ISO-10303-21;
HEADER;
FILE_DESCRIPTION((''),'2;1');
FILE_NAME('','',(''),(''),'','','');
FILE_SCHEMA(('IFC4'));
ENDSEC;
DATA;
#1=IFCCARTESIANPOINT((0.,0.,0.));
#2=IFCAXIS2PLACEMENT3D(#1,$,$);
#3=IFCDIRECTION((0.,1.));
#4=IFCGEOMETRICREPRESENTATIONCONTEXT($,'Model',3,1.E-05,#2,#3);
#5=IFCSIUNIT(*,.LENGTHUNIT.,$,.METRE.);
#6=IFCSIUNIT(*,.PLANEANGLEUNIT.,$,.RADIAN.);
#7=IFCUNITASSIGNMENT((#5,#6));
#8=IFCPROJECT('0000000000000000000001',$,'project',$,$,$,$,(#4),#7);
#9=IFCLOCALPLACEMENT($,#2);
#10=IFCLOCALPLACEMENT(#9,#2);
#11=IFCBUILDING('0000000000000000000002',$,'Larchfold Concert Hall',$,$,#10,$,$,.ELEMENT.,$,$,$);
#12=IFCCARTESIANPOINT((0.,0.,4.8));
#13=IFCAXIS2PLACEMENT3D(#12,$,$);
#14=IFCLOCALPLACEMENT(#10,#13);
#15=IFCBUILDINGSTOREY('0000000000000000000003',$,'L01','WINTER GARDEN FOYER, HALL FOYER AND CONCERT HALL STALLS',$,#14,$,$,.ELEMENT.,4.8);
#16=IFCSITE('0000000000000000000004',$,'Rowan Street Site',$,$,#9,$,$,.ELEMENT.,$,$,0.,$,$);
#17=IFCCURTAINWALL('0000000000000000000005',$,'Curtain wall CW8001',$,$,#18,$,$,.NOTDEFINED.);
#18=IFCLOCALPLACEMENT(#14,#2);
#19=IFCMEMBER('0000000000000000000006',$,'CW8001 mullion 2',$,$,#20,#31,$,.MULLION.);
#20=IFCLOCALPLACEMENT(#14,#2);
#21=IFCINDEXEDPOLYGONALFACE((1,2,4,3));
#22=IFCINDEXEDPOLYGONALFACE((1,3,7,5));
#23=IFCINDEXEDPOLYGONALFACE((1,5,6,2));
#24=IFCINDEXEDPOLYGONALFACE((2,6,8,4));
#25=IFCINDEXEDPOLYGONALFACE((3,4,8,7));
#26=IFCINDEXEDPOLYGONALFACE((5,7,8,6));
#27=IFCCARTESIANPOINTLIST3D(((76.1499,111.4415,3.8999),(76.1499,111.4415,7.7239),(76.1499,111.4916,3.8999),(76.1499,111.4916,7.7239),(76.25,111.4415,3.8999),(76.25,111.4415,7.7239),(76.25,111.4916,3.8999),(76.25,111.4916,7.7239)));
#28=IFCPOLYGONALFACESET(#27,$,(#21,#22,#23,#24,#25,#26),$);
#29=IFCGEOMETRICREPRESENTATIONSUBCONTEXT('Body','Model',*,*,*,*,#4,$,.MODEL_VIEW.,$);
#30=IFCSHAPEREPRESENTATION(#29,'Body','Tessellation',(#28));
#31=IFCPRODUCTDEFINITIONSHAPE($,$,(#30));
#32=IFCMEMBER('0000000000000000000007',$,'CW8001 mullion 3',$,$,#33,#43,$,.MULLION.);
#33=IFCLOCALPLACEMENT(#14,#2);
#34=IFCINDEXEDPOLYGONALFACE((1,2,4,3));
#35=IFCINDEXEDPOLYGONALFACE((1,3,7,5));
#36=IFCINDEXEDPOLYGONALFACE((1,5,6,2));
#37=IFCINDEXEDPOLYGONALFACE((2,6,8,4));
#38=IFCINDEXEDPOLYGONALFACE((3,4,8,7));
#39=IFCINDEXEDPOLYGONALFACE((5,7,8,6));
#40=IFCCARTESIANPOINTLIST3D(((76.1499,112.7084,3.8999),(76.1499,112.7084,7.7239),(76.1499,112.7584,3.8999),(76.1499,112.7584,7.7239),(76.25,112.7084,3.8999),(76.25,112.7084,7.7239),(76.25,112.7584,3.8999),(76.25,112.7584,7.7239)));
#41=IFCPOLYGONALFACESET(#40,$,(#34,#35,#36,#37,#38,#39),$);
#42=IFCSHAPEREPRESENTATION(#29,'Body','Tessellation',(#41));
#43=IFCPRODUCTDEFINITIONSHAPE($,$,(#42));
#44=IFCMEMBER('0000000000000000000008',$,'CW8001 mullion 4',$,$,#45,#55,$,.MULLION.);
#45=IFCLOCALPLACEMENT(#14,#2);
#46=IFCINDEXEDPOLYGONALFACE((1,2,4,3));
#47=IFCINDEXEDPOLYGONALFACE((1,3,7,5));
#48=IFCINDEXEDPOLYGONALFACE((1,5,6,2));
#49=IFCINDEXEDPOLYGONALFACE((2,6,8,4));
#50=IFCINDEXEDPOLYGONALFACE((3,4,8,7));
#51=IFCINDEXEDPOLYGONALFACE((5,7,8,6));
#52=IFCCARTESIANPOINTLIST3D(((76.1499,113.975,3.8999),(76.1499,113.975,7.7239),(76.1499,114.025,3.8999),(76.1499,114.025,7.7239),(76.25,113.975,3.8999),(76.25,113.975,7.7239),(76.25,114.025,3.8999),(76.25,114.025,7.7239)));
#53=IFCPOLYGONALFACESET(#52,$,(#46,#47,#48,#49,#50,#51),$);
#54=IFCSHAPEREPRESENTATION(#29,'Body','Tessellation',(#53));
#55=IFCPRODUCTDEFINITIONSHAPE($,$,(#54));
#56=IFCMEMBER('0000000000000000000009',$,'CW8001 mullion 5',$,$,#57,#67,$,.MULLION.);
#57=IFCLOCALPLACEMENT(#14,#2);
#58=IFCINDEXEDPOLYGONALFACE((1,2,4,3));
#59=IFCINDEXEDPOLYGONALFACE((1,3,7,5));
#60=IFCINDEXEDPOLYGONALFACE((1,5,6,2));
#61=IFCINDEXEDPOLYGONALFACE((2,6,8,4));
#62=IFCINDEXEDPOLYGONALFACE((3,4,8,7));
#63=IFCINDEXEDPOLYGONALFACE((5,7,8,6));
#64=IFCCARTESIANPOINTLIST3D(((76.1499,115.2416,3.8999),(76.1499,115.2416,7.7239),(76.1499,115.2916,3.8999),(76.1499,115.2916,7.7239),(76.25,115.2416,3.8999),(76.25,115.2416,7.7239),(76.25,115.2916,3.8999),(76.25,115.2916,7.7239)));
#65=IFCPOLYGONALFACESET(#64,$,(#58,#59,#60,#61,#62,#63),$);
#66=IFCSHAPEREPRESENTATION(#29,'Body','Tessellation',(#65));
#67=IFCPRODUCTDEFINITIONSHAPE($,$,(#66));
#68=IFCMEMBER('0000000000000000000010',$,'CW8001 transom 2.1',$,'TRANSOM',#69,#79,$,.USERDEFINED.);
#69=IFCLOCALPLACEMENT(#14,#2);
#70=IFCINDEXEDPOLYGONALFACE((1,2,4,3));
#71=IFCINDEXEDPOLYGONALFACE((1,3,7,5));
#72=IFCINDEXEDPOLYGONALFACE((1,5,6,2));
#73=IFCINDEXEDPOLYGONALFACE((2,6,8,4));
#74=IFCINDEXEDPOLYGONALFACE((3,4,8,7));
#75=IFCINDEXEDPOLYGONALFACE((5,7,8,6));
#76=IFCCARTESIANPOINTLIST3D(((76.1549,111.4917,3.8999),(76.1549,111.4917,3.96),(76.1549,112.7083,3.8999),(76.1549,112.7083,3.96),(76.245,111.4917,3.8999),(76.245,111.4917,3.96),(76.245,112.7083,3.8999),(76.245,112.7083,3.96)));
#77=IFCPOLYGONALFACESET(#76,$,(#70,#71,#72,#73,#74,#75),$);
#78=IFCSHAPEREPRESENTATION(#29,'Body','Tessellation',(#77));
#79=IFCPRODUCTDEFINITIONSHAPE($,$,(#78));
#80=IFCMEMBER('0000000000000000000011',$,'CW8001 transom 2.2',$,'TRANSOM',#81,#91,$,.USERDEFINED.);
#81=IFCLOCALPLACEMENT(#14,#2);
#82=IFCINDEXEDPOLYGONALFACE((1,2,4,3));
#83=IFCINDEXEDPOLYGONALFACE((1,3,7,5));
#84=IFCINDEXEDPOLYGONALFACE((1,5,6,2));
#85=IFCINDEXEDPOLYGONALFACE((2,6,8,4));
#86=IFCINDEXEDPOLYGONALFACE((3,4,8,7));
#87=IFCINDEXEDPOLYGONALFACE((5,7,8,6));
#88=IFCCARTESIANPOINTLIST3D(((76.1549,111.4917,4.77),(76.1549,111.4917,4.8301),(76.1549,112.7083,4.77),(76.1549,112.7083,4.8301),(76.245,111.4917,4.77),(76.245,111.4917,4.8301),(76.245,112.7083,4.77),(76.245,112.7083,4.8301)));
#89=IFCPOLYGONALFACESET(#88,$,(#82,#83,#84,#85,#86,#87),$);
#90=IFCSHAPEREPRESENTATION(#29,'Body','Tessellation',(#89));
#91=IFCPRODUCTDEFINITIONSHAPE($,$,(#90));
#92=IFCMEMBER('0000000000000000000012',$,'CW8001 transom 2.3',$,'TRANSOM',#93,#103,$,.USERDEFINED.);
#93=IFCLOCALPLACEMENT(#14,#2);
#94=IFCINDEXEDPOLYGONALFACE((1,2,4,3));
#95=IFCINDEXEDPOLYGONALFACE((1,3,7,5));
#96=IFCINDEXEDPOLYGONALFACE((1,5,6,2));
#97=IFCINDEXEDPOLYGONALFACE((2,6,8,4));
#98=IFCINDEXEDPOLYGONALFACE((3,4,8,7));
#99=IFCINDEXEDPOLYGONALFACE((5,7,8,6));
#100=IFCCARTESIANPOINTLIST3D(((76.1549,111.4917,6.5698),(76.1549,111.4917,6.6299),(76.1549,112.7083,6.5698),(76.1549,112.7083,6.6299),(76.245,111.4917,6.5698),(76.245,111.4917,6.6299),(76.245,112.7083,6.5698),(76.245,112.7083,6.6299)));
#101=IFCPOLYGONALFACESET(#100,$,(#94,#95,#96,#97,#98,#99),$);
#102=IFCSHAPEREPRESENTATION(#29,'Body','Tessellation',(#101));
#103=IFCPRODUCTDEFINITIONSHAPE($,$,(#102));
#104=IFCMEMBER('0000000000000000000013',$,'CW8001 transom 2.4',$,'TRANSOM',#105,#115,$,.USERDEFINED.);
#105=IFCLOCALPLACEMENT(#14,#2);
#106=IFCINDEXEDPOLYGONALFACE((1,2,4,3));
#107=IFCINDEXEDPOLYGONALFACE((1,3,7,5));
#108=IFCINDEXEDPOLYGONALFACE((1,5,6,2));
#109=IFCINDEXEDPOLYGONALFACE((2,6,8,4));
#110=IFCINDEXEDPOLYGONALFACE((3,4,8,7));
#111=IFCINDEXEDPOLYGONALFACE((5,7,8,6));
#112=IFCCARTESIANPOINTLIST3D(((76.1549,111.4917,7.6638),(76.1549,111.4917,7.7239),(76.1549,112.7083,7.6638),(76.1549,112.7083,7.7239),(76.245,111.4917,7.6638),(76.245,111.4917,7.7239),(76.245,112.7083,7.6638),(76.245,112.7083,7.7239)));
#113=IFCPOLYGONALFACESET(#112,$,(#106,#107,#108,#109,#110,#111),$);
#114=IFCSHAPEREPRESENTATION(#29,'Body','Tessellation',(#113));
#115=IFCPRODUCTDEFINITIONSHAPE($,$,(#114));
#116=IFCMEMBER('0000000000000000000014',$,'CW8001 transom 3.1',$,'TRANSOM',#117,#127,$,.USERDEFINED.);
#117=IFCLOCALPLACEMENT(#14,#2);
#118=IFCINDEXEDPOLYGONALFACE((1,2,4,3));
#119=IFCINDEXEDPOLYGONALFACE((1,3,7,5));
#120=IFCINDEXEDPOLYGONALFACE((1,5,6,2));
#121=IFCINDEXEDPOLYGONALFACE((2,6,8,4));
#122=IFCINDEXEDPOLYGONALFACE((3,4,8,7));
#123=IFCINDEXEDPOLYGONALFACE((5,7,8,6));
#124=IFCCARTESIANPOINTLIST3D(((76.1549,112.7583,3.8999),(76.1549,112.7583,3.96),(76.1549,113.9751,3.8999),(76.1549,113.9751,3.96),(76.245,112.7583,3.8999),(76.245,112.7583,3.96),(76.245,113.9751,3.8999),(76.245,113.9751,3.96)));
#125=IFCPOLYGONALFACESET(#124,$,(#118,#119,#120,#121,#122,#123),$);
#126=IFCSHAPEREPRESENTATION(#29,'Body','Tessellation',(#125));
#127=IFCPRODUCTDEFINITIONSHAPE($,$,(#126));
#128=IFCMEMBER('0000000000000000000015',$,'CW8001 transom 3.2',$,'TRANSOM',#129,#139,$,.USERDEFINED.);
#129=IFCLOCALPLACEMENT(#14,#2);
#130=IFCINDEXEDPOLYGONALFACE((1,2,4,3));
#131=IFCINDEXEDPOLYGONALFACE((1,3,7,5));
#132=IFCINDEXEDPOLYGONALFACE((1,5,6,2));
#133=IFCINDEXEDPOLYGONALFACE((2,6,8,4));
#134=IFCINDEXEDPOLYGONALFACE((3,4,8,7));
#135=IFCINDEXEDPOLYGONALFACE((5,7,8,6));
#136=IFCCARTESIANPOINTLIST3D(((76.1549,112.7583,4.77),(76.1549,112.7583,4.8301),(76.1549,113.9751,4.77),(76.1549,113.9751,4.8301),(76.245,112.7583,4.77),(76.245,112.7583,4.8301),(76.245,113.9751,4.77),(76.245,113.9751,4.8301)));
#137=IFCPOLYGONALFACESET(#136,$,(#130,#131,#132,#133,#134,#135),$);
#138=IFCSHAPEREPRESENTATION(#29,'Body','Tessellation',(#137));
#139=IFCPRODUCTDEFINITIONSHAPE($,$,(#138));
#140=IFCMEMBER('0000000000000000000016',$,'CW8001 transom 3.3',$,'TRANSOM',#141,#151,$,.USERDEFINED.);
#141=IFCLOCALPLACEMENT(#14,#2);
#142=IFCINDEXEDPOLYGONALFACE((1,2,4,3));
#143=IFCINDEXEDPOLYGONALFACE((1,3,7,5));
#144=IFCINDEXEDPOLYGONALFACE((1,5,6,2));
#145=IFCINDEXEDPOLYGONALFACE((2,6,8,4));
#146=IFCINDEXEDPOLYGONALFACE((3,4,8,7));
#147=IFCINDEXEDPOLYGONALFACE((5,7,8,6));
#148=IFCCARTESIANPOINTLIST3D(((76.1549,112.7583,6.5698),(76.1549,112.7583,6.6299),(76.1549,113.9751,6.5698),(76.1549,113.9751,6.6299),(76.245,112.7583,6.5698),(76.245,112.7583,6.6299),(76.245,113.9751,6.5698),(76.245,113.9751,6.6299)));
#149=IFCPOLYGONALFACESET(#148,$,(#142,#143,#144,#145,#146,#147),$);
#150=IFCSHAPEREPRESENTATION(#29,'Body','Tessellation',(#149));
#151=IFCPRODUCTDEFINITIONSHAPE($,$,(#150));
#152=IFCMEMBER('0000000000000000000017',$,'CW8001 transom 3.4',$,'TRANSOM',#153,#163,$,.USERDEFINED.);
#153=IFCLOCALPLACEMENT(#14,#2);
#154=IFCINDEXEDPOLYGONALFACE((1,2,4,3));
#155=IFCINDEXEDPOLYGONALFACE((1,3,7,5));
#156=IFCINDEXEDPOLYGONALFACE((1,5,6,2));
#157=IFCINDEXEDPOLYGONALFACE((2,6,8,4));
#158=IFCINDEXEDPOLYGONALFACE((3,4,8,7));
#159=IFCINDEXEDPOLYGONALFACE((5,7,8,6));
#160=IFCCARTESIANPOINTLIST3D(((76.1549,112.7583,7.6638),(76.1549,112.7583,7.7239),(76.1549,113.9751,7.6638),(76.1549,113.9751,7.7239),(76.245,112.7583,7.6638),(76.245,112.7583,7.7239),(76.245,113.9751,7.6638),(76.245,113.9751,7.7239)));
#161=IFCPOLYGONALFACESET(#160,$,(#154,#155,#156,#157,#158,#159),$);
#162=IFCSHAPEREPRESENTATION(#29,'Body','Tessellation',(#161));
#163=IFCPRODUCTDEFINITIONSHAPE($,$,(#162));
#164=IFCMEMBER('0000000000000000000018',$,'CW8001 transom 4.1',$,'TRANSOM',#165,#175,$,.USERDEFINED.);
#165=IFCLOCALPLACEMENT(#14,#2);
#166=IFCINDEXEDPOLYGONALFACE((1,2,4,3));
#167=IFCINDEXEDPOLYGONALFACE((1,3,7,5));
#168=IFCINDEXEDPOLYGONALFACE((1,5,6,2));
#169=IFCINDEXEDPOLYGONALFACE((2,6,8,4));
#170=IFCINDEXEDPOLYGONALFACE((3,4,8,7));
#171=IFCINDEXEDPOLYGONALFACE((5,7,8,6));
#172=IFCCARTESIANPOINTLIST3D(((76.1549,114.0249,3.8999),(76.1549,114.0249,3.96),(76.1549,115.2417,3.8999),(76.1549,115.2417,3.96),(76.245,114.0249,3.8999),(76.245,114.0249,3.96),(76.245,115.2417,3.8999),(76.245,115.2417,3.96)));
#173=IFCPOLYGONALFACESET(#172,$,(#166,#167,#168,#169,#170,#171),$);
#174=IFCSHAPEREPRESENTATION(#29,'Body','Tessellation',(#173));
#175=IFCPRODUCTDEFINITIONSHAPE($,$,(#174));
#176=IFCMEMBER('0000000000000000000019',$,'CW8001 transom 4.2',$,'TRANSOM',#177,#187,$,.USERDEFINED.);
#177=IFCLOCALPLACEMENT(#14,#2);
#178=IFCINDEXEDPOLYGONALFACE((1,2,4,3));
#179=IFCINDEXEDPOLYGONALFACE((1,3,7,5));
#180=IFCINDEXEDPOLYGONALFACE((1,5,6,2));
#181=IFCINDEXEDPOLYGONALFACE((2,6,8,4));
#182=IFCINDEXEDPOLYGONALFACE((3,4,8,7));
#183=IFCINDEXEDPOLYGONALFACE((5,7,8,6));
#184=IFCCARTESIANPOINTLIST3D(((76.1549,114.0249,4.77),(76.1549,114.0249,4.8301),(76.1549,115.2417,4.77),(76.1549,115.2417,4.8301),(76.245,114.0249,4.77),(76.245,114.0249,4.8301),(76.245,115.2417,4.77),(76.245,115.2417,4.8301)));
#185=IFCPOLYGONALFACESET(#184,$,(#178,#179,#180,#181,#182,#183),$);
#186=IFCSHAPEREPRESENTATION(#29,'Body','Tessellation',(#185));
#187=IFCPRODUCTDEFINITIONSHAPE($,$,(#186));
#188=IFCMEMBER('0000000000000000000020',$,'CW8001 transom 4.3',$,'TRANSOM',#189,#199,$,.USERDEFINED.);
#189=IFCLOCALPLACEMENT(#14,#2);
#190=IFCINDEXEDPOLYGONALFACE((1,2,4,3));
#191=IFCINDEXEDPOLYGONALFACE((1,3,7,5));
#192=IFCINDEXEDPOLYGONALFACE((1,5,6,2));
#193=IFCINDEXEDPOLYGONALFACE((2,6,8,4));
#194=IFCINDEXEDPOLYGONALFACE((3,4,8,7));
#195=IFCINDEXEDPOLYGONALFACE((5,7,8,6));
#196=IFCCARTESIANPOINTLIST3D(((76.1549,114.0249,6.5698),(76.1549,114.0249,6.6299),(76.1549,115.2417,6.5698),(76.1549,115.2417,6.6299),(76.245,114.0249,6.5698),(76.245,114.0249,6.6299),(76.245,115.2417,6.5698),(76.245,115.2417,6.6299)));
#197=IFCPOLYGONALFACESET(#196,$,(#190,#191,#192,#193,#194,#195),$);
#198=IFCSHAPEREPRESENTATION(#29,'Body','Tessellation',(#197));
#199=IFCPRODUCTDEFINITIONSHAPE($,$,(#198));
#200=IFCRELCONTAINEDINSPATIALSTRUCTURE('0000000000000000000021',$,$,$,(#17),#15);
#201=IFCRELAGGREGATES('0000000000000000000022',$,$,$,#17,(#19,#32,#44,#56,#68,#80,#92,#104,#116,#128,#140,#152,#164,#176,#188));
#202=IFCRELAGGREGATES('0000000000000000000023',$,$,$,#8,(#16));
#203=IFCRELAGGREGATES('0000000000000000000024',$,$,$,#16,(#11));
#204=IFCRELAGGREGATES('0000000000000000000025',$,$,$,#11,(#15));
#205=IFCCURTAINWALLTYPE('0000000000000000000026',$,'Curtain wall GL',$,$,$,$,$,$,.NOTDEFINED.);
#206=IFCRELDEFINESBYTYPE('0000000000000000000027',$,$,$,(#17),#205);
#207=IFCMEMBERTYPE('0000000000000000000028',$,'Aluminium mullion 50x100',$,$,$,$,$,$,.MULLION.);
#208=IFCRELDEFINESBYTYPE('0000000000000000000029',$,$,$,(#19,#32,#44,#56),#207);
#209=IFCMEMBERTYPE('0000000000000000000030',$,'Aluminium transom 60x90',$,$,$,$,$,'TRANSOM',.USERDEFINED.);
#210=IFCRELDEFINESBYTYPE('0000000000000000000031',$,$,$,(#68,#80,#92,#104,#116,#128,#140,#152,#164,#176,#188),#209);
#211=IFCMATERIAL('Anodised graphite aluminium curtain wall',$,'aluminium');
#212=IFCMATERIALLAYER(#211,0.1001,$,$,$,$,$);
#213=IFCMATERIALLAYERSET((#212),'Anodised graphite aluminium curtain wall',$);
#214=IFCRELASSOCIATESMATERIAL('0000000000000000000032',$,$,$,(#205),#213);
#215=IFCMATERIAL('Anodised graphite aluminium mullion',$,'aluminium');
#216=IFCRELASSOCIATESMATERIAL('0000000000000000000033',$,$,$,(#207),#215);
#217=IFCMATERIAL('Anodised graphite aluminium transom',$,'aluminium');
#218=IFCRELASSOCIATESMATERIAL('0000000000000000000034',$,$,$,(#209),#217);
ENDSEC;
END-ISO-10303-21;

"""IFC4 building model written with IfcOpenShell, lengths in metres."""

from ifc_helpers import new_model, si_unit, direction, frame, origin, origin_2d, place, context, subcontext, project, spatial, rectangle, extrude, material, layer, layer_set, material_profile, profile_set, type_object, element, aggregate, save


model = new_model("IFC4")

# Units and contexts
model_context = context("Model", 3, precision=1e-05, world=origin(), true_north=direction((0.0, 1.0)))
body_context = subcontext(model_context, "Body", "Model", "MODEL_VIEW")
ifc_project = project(units=[si_unit("LENGTHUNIT", "METRE"), si_unit("PLANEANGLEUNIT", "RADIAN")], contexts=[model_context])

# Site, building, storey
site_placement = place(None, origin())
site = spatial("IfcSite", under=ifc_project, at=site_placement, Name="Rowan Street Site", CompositionType="ELEMENT", RefElevation=0.0)
building_placement = place(site_placement, origin())
building = spatial("IfcBuilding", under=site, at=building_placement, Name="Larchfold Concert Hall", CompositionType="ELEMENT")
storey_placement = place(building_placement, frame((0.0, 0.0, 4.8)))
storey = spatial("IfcBuildingStorey", under=building, at=storey_placement, Name="L01", Description="WINTER GARDEN FOYER, HALL FOYER AND CONCERT HALL STALLS", CompositionType="ELEMENT", Elevation=4.8)

# Curtain wall, members
ifc_material_1 = material(Name="Anodised graphite aluminium curtain wall", Category="aluminium")
ifc_layer_1 = layer(ifc_material_1, 0.1001)
ifc_layer_set_1 = layer_set([ifc_layer_1], Name="Anodised graphite aluminium curtain wall")
curtain_wall_type = type_object("IfcCurtainWallType", Name="Curtain wall GL", PredefinedType="NOTDEFINED", material=ifc_layer_set_1)
curtain_wall_placement = place(storey_placement, origin())
curtain_wall = element("IfcCurtainWall", 1, at=curtain_wall_placement, inside=storey, type_object=curtain_wall_type, Name="Curtain wall CW8001", PredefinedType="NOTDEFINED")
ifc_material_2 = material(Name="Anodised graphite aluminium mullion", Category="aluminium")
ifc_material_profile_1 = material_profile(ifc_material_2, rectangle(XDim=0.1001, YDim=0.05, at=origin_2d()))
ifc_profile_set_1 = profile_set([ifc_material_profile_1], Name="Anodised graphite aluminium mullion")
member_type_1 = type_object("IfcMemberType", Name="Aluminium mullion 50x100", PredefinedType="MULLION", material=ifc_profile_set_1)
member_1_placement = place(storey_placement, frame((76.2, 111.4666, 3.8999), z_axis=(0.0, 0.0, 1.0), x_axis=(-1.0, 0.0, 0.0)))
member_1 = element("IfcMember", 2, at=member_1_placement, type_object=member_type_1, Name="CW8001 mullion 2", PredefinedType="MULLION", context=body_context, shape_type="SweptSolid", body=[
    extrude(rectangle(XDim=0.1001, YDim=0.05, at=origin_2d()), origin(), (0.0, 0.0, 1.0), 3.824),
])
member_2_placement = place(storey_placement, frame((76.2, 112.7334, 3.8999), z_axis=(0.0, 0.0, 1.0), x_axis=(-1.0, 0.0, 0.0)))
member_2 = element("IfcMember", 3, at=member_2_placement, type_object=member_type_1, Name="CW8001 mullion 3", PredefinedType="MULLION", context=body_context, shape_type="SweptSolid", body=[
    extrude(rectangle(XDim=0.1001, YDim=0.05, at=origin_2d()), origin(), (0.0, 0.0, 1.0), 3.824),
])
member_3_placement = place(storey_placement, frame((76.2, 114.0, 3.8999), z_axis=(0.0, 0.0, 1.0), x_axis=(-1.0, 0.0, 0.0)))
member_3 = element("IfcMember", 4, at=member_3_placement, type_object=member_type_1, Name="CW8001 mullion 4", PredefinedType="MULLION", context=body_context, shape_type="SweptSolid", body=[
    extrude(rectangle(XDim=0.1001, YDim=0.05, at=origin_2d()), origin(), (0.0, 0.0, 1.0), 3.824),
])
member_4_placement = place(storey_placement, frame((76.2, 115.2666, 3.8999), z_axis=(0.0, 0.0, 1.0), x_axis=(-1.0, 0.0, 0.0)))
member_4 = element("IfcMember", 5, at=member_4_placement, type_object=member_type_1, Name="CW8001 mullion 5", PredefinedType="MULLION", context=body_context, shape_type="SweptSolid", body=[
    extrude(rectangle(XDim=0.1001, YDim=0.05, at=origin_2d()), origin(), (0.0, 0.0, 1.0), 3.824),
])
ifc_material_3 = material(Name="Anodised graphite aluminium transom", Category="aluminium")
ifc_material_profile_2 = material_profile(ifc_material_3, rectangle(XDim=0.0901, YDim=0.0601, at=origin_2d()))
ifc_profile_set_2 = profile_set([ifc_material_profile_2], Name="Anodised graphite aluminium transom")
member_type_2 = type_object("IfcMemberType", Name="Aluminium transom 60x90", ElementType="TRANSOM", PredefinedType="USERDEFINED", material=ifc_profile_set_2)
member_5_placement = place(storey_placement, frame((76.2, 111.4917, 3.9299), z_axis=(0.0, 1.0, 0.0), x_axis=(-1.0, 0.0, 0.0)))
member_5 = element("IfcMember", 6, at=member_5_placement, type_object=member_type_2, Name="CW8001 transom 2.1", ObjectType="TRANSOM", PredefinedType="USERDEFINED", context=body_context, shape_type="SweptSolid", body=[
    extrude(rectangle(XDim=0.0901, YDim=0.0601, at=origin_2d()), origin(), (0.0, 0.0, 1.0), 1.2166),
])
member_6_placement = place(storey_placement, frame((76.2, 111.4917, 4.8), z_axis=(0.0, 1.0, 0.0), x_axis=(-1.0, 0.0, 0.0)))
member_6 = element("IfcMember", 7, at=member_6_placement, type_object=member_type_2, Name="CW8001 transom 2.2", ObjectType="TRANSOM", PredefinedType="USERDEFINED", context=body_context, shape_type="SweptSolid", body=[
    extrude(rectangle(XDim=0.0901, YDim=0.0601, at=origin_2d()), origin(), (0.0, 0.0, 1.0), 1.2166),
])
member_7_placement = place(storey_placement, frame((76.2, 111.4917, 6.5999), z_axis=(0.0, 1.0, 0.0), x_axis=(-1.0, 0.0, 0.0)))
member_7 = element("IfcMember", 8, at=member_7_placement, type_object=member_type_2, Name="CW8001 transom 2.3", ObjectType="TRANSOM", PredefinedType="USERDEFINED", context=body_context, shape_type="SweptSolid", body=[
    extrude(rectangle(XDim=0.0901, YDim=0.0601, at=origin_2d()), origin(), (0.0, 0.0, 1.0), 1.2166),
])
member_8_placement = place(storey_placement, frame((76.2, 111.4917, 7.6938), z_axis=(0.0, 1.0, 0.0), x_axis=(-1.0, 0.0, 0.0)))
member_8 = element("IfcMember", 9, at=member_8_placement, type_object=member_type_2, Name="CW8001 transom 2.4", ObjectType="TRANSOM", PredefinedType="USERDEFINED", context=body_context, shape_type="SweptSolid", body=[
    extrude(rectangle(XDim=0.0901, YDim=0.0601, at=origin_2d()), origin(), (0.0, 0.0, 1.0), 1.2166),
])
member_9_placement = place(storey_placement, frame((76.2, 112.7583, 3.9299), z_axis=(0.0, 1.0, 0.0), x_axis=(-1.0, 0.0, 0.0)))
member_9 = element("IfcMember", 10, at=member_9_placement, type_object=member_type_2, Name="CW8001 transom 3.1", ObjectType="TRANSOM", PredefinedType="USERDEFINED", context=body_context, shape_type="SweptSolid", body=[
    extrude(rectangle(XDim=0.0901, YDim=0.0601, at=origin_2d()), origin(), (0.0, 0.0, 1.0), 1.2168),
])
member_10_placement = place(storey_placement, frame((76.2, 112.7583, 4.8), z_axis=(0.0, 1.0, 0.0), x_axis=(-1.0, 0.0, 0.0)))
member_10 = element("IfcMember", 11, at=member_10_placement, type_object=member_type_2, Name="CW8001 transom 3.2", ObjectType="TRANSOM", PredefinedType="USERDEFINED", context=body_context, shape_type="SweptSolid", body=[
    extrude(rectangle(XDim=0.0901, YDim=0.0601, at=origin_2d()), origin(), (0.0, 0.0, 1.0), 1.2168),
])
member_11_placement = place(storey_placement, frame((76.2, 112.7583, 6.5999), z_axis=(0.0, 1.0, 0.0), x_axis=(-1.0, 0.0, 0.0)))
member_11 = element("IfcMember", 12, at=member_11_placement, type_object=member_type_2, Name="CW8001 transom 3.3", ObjectType="TRANSOM", PredefinedType="USERDEFINED", context=body_context, shape_type="SweptSolid", body=[
    extrude(rectangle(XDim=0.0901, YDim=0.0601, at=origin_2d()), origin(), (0.0, 0.0, 1.0), 1.2168),
])
member_12_placement = place(storey_placement, frame((76.2, 112.7583, 7.6938), z_axis=(0.0, 1.0, 0.0), x_axis=(-1.0, 0.0, 0.0)))
member_12 = element("IfcMember", 13, at=member_12_placement, type_object=member_type_2, Name="CW8001 transom 3.4", ObjectType="TRANSOM", PredefinedType="USERDEFINED", context=body_context, shape_type="SweptSolid", body=[
    extrude(rectangle(XDim=0.0901, YDim=0.0601, at=origin_2d()), origin(), (0.0, 0.0, 1.0), 1.2168),
])
member_13_placement = place(storey_placement, frame((76.2, 114.0249, 3.9299), z_axis=(0.0, 1.0, 0.0), x_axis=(-1.0, 0.0, 0.0)))
member_13 = element("IfcMember", 14, at=member_13_placement, type_object=member_type_2, Name="CW8001 transom 4.1", ObjectType="TRANSOM", PredefinedType="USERDEFINED", context=body_context, shape_type="SweptSolid", body=[
    extrude(rectangle(XDim=0.0901, YDim=0.0601, at=origin_2d()), origin(), (0.0, 0.0, 1.0), 1.2168),
])
member_14_placement = place(storey_placement, frame((76.2, 114.0249, 4.8), z_axis=(0.0, 1.0, 0.0), x_axis=(-1.0, 0.0, 0.0)))
member_14 = element("IfcMember", 15, at=member_14_placement, type_object=member_type_2, Name="CW8001 transom 4.2", ObjectType="TRANSOM", PredefinedType="USERDEFINED", context=body_context, shape_type="SweptSolid", body=[
    extrude(rectangle(XDim=0.0901, YDim=0.0601, at=origin_2d()), origin(), (0.0, 0.0, 1.0), 1.2168),
])
member_15_placement = place(storey_placement, frame((76.2, 114.0249, 6.5999), z_axis=(0.0, 1.0, 0.0), x_axis=(-1.0, 0.0, 0.0)))
member_15 = element("IfcMember", 16, at=member_15_placement, type_object=member_type_2, Name="CW8001 transom 4.3", ObjectType="TRANSOM", PredefinedType="USERDEFINED", context=body_context, shape_type="SweptSolid", body=[
    extrude(rectangle(XDim=0.0901, YDim=0.0601, at=origin_2d()), origin(), (0.0, 0.0, 1.0), 1.2168),
])

aggregate(curtain_wall, [member_1, member_2, member_3, member_4, member_5, member_6, member_7, member_8, member_9, member_10, member_11, member_12, member_13, member_14, member_15])

save(model, "model.ifc")
